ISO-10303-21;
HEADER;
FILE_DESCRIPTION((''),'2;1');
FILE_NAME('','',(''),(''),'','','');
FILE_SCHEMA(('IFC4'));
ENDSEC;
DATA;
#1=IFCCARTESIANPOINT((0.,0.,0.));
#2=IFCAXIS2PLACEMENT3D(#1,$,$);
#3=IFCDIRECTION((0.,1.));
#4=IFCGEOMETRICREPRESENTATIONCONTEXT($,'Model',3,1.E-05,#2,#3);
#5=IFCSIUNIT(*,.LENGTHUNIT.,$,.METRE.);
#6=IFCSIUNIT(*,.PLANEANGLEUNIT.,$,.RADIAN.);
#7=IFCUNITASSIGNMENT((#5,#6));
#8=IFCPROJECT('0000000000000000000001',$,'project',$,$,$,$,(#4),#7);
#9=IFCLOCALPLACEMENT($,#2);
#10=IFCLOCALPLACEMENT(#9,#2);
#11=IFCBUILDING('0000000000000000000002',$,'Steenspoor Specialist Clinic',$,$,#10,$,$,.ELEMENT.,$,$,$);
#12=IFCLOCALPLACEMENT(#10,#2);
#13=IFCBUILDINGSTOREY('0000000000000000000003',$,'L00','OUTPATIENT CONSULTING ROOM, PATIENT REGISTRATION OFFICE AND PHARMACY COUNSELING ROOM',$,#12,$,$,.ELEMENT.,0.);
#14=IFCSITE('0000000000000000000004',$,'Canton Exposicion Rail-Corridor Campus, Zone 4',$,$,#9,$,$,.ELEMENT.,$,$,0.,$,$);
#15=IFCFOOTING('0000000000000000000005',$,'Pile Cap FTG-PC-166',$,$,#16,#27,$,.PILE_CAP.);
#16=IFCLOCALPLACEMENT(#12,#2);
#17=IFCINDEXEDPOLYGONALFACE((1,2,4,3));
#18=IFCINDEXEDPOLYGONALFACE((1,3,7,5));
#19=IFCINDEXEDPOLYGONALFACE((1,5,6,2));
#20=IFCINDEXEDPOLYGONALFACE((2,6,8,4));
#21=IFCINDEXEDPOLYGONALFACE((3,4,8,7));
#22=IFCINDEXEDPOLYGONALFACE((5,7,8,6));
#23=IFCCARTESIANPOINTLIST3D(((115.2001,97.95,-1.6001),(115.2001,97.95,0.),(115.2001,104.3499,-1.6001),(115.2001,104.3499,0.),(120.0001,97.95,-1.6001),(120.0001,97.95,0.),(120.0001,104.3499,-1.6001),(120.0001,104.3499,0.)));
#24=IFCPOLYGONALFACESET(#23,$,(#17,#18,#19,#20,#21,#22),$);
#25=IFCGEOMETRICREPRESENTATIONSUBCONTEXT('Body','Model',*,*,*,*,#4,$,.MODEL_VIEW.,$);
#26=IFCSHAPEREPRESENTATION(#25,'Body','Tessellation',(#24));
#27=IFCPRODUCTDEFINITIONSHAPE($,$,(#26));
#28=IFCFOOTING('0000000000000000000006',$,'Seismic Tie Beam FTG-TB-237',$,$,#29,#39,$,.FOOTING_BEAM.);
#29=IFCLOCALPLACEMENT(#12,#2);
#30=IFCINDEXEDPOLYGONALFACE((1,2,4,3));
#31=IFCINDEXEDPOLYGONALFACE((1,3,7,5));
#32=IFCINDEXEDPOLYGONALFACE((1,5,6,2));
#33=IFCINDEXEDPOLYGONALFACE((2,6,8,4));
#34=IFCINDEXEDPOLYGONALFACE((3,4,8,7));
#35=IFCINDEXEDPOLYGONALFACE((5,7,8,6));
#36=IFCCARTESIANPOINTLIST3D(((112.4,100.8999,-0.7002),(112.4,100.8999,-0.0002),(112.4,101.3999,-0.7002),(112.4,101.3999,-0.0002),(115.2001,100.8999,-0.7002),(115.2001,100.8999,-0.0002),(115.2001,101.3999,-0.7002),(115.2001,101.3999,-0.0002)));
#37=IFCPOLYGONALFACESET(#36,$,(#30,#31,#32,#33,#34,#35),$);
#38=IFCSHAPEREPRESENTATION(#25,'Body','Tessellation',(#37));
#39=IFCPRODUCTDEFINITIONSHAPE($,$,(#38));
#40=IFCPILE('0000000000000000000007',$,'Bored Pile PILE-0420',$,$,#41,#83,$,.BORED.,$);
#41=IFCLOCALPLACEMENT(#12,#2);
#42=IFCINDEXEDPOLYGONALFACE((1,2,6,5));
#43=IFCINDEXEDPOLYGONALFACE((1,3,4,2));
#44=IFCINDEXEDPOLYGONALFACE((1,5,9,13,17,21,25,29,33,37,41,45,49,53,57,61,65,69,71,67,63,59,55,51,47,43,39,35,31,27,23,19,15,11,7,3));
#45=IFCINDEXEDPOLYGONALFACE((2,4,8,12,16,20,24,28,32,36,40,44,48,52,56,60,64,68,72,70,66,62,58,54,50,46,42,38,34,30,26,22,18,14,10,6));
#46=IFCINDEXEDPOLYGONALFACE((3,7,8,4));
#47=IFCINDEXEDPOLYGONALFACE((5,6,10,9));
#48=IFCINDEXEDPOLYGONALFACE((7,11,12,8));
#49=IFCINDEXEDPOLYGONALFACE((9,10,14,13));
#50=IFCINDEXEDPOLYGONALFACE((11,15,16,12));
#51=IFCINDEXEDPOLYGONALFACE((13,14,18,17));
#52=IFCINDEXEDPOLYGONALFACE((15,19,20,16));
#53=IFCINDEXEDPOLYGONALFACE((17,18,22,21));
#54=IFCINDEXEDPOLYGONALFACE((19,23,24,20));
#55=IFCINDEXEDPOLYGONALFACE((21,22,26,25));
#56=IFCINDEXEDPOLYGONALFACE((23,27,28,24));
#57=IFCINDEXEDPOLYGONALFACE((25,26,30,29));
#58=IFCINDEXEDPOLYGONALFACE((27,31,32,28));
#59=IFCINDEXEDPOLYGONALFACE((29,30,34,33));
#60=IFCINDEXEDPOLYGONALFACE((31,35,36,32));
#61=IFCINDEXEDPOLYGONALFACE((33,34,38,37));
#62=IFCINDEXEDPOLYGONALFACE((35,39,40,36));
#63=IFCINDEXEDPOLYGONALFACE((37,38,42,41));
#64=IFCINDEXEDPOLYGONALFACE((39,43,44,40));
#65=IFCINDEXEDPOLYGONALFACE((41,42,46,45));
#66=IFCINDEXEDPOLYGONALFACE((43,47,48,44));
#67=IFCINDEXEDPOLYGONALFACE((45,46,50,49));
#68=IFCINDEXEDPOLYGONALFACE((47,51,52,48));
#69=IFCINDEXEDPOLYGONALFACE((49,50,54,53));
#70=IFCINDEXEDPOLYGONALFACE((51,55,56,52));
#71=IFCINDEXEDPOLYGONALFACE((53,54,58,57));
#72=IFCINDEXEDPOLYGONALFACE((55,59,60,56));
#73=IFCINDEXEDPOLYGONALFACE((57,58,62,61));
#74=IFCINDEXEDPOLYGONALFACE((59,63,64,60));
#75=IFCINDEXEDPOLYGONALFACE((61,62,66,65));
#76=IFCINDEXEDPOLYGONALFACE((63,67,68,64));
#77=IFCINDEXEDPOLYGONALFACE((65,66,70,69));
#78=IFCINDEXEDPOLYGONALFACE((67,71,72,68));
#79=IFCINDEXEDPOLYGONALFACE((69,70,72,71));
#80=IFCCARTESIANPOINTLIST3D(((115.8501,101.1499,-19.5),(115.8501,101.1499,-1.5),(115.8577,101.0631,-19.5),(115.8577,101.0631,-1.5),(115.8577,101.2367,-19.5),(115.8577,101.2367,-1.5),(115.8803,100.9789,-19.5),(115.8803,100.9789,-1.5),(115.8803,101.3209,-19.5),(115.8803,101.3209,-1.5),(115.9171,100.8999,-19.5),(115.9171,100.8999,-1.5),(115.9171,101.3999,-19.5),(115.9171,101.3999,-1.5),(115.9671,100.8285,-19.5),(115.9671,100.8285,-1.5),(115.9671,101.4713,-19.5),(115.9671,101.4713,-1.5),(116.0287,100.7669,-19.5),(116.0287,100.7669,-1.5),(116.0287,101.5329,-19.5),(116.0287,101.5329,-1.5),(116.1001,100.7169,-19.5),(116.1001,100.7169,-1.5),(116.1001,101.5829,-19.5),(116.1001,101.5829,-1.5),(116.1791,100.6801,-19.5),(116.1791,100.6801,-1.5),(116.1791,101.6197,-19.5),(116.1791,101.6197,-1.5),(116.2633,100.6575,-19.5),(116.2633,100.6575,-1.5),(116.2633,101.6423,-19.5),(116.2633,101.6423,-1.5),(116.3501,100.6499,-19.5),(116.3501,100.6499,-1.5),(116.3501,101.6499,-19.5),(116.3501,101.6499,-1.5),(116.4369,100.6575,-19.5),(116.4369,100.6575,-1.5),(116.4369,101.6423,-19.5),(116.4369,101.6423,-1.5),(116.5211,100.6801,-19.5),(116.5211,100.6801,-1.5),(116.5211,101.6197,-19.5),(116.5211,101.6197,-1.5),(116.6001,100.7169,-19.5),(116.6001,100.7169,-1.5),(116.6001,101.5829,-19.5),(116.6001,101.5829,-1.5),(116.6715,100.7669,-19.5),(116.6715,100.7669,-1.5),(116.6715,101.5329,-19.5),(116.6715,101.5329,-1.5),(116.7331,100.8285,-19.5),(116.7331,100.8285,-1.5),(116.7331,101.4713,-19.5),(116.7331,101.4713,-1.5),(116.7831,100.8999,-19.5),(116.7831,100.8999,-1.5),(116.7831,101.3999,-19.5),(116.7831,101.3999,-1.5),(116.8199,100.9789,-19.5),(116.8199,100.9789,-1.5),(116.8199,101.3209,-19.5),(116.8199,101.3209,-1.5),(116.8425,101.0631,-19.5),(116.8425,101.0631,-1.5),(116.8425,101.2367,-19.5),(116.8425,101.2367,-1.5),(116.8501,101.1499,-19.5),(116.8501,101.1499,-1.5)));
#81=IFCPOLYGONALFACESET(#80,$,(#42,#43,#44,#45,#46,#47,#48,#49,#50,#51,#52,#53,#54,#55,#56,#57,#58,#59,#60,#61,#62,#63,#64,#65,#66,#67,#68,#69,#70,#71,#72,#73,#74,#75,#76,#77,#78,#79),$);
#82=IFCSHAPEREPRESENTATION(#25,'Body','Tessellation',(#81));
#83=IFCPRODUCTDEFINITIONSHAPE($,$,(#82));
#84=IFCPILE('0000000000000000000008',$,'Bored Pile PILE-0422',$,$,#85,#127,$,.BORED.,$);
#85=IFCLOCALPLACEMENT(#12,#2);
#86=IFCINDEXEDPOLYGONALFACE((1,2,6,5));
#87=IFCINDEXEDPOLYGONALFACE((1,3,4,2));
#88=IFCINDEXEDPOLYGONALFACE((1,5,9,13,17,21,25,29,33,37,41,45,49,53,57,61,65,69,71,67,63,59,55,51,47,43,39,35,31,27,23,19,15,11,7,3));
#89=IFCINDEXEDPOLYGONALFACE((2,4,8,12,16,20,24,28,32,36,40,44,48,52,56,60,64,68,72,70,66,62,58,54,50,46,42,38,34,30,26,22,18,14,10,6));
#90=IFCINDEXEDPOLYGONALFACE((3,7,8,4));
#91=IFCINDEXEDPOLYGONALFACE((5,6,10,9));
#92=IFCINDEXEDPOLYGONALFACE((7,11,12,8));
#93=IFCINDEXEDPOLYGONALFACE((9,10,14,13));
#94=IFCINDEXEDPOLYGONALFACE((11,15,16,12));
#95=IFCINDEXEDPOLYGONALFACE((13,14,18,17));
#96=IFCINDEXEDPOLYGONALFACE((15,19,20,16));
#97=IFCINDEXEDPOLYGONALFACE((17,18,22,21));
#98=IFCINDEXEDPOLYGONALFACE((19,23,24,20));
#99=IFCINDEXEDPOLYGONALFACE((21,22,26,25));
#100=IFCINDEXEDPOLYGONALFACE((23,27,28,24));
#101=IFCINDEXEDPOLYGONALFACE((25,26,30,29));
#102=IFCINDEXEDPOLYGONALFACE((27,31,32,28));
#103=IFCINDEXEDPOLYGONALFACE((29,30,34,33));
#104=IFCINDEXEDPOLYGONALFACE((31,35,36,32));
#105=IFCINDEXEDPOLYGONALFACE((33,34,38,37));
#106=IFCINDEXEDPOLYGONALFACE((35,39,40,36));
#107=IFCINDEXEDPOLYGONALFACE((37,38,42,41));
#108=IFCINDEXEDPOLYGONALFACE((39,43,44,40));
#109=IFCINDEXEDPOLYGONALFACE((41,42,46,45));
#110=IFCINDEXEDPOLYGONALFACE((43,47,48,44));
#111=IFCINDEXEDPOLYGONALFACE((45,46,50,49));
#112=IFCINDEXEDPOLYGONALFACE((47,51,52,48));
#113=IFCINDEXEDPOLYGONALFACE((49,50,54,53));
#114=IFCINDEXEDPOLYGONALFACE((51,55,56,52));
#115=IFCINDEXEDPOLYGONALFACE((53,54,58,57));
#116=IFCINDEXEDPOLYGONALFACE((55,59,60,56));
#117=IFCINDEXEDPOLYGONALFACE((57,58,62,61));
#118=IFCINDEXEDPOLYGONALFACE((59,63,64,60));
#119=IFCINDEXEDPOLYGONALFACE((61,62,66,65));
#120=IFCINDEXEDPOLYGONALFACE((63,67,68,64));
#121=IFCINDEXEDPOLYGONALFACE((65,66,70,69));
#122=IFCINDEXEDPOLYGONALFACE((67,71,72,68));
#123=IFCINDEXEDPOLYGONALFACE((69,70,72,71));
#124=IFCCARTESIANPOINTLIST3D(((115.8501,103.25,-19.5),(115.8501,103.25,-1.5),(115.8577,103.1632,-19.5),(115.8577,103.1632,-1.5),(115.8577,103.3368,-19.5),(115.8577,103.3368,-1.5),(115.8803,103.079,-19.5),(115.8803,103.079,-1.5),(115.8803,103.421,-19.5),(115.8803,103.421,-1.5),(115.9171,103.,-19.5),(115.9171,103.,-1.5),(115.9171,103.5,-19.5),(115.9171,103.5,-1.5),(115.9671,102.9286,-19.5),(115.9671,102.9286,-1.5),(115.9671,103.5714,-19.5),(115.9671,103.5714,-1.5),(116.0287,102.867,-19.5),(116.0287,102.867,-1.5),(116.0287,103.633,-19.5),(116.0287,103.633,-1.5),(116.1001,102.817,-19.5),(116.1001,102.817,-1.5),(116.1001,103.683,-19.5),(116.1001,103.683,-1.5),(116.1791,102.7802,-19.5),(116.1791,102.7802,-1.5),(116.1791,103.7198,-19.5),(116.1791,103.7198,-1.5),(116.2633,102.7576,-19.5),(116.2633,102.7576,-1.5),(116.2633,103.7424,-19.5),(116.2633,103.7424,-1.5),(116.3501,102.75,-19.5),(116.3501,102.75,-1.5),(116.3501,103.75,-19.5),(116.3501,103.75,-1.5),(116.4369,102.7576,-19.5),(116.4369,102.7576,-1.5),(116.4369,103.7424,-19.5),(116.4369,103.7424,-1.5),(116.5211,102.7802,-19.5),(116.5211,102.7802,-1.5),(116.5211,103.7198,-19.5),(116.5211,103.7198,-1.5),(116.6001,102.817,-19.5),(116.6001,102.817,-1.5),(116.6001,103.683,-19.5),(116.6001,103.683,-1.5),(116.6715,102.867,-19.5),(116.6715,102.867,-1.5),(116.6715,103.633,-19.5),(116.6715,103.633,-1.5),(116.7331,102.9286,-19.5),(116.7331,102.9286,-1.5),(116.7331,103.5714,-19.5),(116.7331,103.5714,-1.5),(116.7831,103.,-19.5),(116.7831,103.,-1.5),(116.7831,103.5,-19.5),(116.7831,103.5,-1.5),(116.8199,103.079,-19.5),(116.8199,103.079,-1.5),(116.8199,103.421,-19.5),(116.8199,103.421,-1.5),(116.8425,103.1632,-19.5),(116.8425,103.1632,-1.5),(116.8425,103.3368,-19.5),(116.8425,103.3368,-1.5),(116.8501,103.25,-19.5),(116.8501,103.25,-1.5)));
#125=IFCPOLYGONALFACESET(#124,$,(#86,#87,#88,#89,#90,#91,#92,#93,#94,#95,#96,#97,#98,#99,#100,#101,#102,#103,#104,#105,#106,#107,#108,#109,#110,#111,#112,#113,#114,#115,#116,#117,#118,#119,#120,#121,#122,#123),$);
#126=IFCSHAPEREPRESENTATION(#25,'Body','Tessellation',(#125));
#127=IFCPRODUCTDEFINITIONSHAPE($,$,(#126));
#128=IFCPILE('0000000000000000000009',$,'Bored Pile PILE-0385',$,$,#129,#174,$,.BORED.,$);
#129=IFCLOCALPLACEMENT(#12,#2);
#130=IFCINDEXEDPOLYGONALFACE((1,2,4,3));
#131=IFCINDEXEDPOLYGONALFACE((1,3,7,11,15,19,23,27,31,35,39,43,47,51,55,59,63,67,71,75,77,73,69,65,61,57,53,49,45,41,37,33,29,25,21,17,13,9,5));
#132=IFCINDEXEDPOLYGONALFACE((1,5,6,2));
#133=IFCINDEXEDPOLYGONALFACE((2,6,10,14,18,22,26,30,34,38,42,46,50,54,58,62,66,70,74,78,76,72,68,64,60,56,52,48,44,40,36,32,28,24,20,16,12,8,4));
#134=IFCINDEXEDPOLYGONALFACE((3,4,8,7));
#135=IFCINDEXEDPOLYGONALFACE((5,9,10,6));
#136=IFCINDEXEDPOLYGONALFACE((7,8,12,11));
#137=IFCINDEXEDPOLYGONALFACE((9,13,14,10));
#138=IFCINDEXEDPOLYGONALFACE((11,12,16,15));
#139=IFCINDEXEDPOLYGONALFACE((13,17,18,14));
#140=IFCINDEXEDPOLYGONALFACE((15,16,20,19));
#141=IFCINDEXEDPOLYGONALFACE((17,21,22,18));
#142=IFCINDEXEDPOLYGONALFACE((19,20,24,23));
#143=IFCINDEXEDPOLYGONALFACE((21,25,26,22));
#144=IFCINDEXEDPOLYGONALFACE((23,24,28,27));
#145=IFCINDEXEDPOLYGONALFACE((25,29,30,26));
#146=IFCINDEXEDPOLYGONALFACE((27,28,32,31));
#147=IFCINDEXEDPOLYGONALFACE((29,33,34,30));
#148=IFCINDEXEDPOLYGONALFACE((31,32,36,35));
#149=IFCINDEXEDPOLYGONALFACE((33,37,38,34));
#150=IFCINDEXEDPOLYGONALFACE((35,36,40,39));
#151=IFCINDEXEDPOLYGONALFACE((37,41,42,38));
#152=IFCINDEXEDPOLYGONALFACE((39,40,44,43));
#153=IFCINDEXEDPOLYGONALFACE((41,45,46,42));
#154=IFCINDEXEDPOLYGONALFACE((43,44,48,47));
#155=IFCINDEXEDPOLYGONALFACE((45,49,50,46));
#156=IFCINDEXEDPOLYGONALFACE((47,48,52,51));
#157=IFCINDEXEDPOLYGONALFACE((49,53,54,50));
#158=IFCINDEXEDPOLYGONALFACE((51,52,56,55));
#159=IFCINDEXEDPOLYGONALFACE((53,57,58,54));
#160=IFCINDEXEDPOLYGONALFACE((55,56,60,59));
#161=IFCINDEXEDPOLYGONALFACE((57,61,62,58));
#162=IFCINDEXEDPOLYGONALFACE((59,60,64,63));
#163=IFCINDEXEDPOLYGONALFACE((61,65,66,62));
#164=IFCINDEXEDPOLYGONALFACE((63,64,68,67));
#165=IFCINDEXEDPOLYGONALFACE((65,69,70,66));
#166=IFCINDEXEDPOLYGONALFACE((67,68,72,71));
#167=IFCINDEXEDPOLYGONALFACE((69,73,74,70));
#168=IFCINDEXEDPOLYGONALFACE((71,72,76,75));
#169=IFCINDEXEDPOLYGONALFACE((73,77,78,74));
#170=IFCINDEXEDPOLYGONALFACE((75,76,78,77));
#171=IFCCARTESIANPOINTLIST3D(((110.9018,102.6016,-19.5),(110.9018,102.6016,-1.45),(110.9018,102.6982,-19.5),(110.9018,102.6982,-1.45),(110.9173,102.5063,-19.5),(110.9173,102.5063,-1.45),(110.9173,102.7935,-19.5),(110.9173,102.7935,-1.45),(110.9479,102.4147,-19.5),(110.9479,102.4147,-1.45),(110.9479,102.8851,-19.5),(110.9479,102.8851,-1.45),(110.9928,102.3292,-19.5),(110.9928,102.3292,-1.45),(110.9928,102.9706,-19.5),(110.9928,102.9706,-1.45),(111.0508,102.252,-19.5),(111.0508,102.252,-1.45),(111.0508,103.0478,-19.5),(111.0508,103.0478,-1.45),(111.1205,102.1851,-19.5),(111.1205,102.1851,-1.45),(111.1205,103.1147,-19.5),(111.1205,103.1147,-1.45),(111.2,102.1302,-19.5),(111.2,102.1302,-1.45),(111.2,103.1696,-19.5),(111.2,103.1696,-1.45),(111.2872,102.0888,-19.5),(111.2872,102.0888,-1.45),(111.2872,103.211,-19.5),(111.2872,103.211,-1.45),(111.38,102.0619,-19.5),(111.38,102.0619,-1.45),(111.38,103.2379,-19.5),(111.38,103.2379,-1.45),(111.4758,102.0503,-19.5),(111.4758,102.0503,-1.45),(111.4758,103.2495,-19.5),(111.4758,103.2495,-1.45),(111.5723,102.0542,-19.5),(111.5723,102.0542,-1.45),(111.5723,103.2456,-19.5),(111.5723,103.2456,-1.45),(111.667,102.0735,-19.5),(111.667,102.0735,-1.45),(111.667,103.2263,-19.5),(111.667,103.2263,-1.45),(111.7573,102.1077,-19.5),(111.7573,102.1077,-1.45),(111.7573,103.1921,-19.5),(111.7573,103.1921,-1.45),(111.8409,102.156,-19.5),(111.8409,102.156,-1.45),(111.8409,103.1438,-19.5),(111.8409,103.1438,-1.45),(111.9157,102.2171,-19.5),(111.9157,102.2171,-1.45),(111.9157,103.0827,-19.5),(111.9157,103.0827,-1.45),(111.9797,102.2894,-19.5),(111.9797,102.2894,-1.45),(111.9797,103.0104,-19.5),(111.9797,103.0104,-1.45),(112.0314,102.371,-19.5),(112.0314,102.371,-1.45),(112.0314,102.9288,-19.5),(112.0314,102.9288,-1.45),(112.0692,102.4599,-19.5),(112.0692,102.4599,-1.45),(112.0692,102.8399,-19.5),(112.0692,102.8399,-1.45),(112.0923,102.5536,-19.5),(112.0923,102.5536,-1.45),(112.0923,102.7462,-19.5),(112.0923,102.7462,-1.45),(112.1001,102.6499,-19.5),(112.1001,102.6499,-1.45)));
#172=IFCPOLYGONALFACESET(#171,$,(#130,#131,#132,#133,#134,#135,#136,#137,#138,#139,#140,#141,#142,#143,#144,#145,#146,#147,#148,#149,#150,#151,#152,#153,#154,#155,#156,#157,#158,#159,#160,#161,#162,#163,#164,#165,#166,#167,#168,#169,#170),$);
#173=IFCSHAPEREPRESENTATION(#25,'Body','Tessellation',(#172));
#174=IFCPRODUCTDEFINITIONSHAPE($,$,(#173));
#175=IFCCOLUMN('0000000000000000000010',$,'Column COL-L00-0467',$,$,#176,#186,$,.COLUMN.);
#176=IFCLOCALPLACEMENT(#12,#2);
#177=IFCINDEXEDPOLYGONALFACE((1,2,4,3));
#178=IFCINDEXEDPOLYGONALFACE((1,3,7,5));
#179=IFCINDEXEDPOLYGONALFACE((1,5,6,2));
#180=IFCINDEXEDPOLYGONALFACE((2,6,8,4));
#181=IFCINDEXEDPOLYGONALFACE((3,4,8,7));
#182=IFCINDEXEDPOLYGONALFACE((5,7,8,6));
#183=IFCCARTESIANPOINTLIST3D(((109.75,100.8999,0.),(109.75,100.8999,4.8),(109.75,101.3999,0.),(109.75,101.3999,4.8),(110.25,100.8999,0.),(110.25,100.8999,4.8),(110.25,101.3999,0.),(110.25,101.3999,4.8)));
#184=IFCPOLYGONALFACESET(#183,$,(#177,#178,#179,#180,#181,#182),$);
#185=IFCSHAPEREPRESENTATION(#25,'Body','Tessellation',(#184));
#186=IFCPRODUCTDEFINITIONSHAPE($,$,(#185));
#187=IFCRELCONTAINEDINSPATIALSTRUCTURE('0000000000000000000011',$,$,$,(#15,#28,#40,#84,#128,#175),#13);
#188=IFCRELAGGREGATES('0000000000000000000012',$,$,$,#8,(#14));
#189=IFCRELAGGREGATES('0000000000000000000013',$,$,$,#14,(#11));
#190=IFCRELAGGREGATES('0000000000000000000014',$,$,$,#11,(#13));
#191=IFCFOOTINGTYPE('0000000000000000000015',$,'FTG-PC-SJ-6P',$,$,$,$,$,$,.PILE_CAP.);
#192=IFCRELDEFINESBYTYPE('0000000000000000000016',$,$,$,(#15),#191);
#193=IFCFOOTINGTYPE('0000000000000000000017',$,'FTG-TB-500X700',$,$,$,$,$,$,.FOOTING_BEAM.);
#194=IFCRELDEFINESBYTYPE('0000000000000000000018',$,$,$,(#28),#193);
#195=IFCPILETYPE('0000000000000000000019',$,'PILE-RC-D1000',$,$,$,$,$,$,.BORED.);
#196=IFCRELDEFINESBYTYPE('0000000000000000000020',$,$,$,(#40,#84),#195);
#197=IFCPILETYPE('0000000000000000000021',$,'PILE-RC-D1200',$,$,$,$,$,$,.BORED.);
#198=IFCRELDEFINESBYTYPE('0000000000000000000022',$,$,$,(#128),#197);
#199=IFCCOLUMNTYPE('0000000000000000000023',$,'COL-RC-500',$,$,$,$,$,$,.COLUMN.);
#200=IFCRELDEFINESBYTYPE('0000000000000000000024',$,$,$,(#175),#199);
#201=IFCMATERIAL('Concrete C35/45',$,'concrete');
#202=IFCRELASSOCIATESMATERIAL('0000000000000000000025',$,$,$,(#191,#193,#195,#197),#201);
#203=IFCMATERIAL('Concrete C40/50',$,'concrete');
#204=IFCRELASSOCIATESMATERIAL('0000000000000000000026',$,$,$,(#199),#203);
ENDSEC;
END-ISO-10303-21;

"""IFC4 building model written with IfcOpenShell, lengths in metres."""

from ifc_helpers import new_model, si_unit, direction, frame, origin, origin_2d, place, context, subcontext, project, spatial, rectangle, circle, extrude, material, material_profile, profile_set, type_object, element, save


model = new_model("IFC4")

# Units and contexts
model_context = context("Model", 3, precision=1e-05, world=origin(), true_north=direction((0.0, 1.0)))
body_context = subcontext(model_context, "Body", "Model", "MODEL_VIEW")
ifc_project = project(units=[si_unit("LENGTHUNIT", "METRE"), si_unit("PLANEANGLEUNIT", "RADIAN")], contexts=[model_context])

# Site, building, storey
site_placement = place(None, origin())
site = spatial("IfcSite", under=ifc_project, at=site_placement, Name="Canton Exposicion Rail-Corridor Campus, Zone 4", CompositionType="ELEMENT", RefElevation=0.0)
building_placement = place(site_placement, origin())
building = spatial("IfcBuilding", under=site, at=building_placement, Name="Steenspoor Specialist Clinic", CompositionType="ELEMENT")
storey_placement = place(building_placement, origin())
storey = spatial("IfcBuildingStorey", under=building, at=storey_placement, Name="L00", Description="OUTPATIENT CONSULTING ROOM, PATIENT REGISTRATION OFFICE AND PHARMACY COUNSELING ROOM", CompositionType="ELEMENT", Elevation=0.0)

# Footings
ifc_material_1 = material(Name="Concrete C35/45", Category="concrete")
footing_type_1 = type_object("IfcFootingType", Name="FTG-PC-SJ-6P", PredefinedType="PILE_CAP", material=ifc_material_1)
footing_1_placement = place(storey_placement, frame((117.6001, 101.1499, -1.6001), z_axis=(0.0, 0.0, 1.0), x_axis=(1.0, 0.0, 0.0)))
element("IfcFooting", 1, at=footing_1_placement, inside=storey, type_object=footing_type_1, Name="Pile Cap FTG-PC-166", PredefinedType="PILE_CAP", context=body_context, shape_type="SweptSolid", body=[
    extrude(rectangle(XDim=4.8, YDim=6.3999, at=origin_2d()), origin(), (0.0, 0.0, 1.0), 1.6001),
])
footing_type_2 = type_object("IfcFootingType", Name="FTG-TB-500X700", PredefinedType="FOOTING_BEAM", material=ifc_material_1)
footing_2_placement = place(storey_placement, frame((113.8, 101.1499, -0.7002), z_axis=(0.0, 0.0, 1.0), x_axis=(1.0, 0.0, 0.0)))
element("IfcFooting", 2, at=footing_2_placement, inside=storey, type_object=footing_type_2, Name="Seismic Tie Beam FTG-TB-237", PredefinedType="FOOTING_BEAM", context=body_context, shape_type="SweptSolid", body=[
    extrude(rectangle(XDim=2.8, YDim=0.5, at=origin_2d()), origin(), (0.0, 0.0, 1.0), 0.7),
])

# Piles
ifc_material_profile_1 = material_profile(ifc_material_1, circle(Radius=0.5, at=origin_2d()), Name="PILE-D1000")
ifc_profile_set_1 = profile_set([ifc_material_profile_1], Name="Concrete C35/45")
pile_type_1 = type_object("IfcPileType", Name="PILE-RC-D1000", PredefinedType="BORED", material=ifc_profile_set_1)
for number, where, z_axis, x_axis, name in (
    (3, (116.3501, 101.1499, -1.5), (0.0, 0.0, -1.0), (1.0, 0.0, 0.0), "Bored Pile PILE-0420"),
    (4, (116.3501, 103.25, -1.5), (0.0, 0.0, -1.0), (1.0, 0.0, 0.0), "Bored Pile PILE-0422"),
):
    element("IfcPile", number, at=place(storey_placement, frame(where, z_axis=z_axis, x_axis=x_axis)), inside=storey, type_object=pile_type_1, Name=name, PredefinedType="BORED", context=body_context, shape_type="SweptSolid", body=[
        extrude(circle(Radius=0.5, at=origin_2d()), origin(), (0.0, 0.0, 1.0), 18.0),
    ])
ifc_material_profile_2 = material_profile(ifc_material_1, circle(Radius=0.6001, at=origin_2d()), Name="PILE-D1200")
ifc_profile_set_2 = profile_set([ifc_material_profile_2], Name="Concrete C35/45")
pile_type_2 = type_object("IfcPileType", Name="PILE-RC-D1200", PredefinedType="BORED", material=ifc_profile_set_2)
pile_placement = place(storey_placement, frame((111.5, 102.6499, -1.45), z_axis=(0.0, 0.0, -1.0), x_axis=(1.0, 0.0, 0.0)))
element("IfcPile", 5, at=pile_placement, inside=storey, type_object=pile_type_2, Name="Bored Pile PILE-0385", PredefinedType="BORED", context=body_context, shape_type="SweptSolid", body=[
    extrude(circle(Radius=0.6001, at=origin_2d()), origin(), (0.0, 0.0, 1.0), 18.05),
])

# Column
ifc_material_2 = material(Name="Concrete C40/50", Category="concrete")
ifc_material_profile_3 = material_profile(ifc_material_2, rectangle(XDim=0.5, YDim=0.5, at=origin_2d()), Name="RC-COL-500X500")
ifc_profile_set_3 = profile_set([ifc_material_profile_3], Name="Concrete C40/50")
column_type_1 = type_object("IfcColumnType", Name="COL-RC-500", PredefinedType="COLUMN", material=ifc_profile_set_3)
column_1_placement = place(storey_placement, frame((110.0, 101.1499, 0.0), z_axis=(0.0, 0.0, 1.0), x_axis=(1.0, 0.0, 0.0)))
element("IfcColumn", 6, at=column_1_placement, inside=storey, type_object=column_type_1, Name="Column COL-L00-0467", PredefinedType="COLUMN", context=body_context, shape_type="SweptSolid", body=[
    extrude(rectangle(XDim=0.5, YDim=0.5, at=origin_2d()), origin(), (0.0, 0.0, 1.0), 4.8),
])

save(model, "model.ifc")
